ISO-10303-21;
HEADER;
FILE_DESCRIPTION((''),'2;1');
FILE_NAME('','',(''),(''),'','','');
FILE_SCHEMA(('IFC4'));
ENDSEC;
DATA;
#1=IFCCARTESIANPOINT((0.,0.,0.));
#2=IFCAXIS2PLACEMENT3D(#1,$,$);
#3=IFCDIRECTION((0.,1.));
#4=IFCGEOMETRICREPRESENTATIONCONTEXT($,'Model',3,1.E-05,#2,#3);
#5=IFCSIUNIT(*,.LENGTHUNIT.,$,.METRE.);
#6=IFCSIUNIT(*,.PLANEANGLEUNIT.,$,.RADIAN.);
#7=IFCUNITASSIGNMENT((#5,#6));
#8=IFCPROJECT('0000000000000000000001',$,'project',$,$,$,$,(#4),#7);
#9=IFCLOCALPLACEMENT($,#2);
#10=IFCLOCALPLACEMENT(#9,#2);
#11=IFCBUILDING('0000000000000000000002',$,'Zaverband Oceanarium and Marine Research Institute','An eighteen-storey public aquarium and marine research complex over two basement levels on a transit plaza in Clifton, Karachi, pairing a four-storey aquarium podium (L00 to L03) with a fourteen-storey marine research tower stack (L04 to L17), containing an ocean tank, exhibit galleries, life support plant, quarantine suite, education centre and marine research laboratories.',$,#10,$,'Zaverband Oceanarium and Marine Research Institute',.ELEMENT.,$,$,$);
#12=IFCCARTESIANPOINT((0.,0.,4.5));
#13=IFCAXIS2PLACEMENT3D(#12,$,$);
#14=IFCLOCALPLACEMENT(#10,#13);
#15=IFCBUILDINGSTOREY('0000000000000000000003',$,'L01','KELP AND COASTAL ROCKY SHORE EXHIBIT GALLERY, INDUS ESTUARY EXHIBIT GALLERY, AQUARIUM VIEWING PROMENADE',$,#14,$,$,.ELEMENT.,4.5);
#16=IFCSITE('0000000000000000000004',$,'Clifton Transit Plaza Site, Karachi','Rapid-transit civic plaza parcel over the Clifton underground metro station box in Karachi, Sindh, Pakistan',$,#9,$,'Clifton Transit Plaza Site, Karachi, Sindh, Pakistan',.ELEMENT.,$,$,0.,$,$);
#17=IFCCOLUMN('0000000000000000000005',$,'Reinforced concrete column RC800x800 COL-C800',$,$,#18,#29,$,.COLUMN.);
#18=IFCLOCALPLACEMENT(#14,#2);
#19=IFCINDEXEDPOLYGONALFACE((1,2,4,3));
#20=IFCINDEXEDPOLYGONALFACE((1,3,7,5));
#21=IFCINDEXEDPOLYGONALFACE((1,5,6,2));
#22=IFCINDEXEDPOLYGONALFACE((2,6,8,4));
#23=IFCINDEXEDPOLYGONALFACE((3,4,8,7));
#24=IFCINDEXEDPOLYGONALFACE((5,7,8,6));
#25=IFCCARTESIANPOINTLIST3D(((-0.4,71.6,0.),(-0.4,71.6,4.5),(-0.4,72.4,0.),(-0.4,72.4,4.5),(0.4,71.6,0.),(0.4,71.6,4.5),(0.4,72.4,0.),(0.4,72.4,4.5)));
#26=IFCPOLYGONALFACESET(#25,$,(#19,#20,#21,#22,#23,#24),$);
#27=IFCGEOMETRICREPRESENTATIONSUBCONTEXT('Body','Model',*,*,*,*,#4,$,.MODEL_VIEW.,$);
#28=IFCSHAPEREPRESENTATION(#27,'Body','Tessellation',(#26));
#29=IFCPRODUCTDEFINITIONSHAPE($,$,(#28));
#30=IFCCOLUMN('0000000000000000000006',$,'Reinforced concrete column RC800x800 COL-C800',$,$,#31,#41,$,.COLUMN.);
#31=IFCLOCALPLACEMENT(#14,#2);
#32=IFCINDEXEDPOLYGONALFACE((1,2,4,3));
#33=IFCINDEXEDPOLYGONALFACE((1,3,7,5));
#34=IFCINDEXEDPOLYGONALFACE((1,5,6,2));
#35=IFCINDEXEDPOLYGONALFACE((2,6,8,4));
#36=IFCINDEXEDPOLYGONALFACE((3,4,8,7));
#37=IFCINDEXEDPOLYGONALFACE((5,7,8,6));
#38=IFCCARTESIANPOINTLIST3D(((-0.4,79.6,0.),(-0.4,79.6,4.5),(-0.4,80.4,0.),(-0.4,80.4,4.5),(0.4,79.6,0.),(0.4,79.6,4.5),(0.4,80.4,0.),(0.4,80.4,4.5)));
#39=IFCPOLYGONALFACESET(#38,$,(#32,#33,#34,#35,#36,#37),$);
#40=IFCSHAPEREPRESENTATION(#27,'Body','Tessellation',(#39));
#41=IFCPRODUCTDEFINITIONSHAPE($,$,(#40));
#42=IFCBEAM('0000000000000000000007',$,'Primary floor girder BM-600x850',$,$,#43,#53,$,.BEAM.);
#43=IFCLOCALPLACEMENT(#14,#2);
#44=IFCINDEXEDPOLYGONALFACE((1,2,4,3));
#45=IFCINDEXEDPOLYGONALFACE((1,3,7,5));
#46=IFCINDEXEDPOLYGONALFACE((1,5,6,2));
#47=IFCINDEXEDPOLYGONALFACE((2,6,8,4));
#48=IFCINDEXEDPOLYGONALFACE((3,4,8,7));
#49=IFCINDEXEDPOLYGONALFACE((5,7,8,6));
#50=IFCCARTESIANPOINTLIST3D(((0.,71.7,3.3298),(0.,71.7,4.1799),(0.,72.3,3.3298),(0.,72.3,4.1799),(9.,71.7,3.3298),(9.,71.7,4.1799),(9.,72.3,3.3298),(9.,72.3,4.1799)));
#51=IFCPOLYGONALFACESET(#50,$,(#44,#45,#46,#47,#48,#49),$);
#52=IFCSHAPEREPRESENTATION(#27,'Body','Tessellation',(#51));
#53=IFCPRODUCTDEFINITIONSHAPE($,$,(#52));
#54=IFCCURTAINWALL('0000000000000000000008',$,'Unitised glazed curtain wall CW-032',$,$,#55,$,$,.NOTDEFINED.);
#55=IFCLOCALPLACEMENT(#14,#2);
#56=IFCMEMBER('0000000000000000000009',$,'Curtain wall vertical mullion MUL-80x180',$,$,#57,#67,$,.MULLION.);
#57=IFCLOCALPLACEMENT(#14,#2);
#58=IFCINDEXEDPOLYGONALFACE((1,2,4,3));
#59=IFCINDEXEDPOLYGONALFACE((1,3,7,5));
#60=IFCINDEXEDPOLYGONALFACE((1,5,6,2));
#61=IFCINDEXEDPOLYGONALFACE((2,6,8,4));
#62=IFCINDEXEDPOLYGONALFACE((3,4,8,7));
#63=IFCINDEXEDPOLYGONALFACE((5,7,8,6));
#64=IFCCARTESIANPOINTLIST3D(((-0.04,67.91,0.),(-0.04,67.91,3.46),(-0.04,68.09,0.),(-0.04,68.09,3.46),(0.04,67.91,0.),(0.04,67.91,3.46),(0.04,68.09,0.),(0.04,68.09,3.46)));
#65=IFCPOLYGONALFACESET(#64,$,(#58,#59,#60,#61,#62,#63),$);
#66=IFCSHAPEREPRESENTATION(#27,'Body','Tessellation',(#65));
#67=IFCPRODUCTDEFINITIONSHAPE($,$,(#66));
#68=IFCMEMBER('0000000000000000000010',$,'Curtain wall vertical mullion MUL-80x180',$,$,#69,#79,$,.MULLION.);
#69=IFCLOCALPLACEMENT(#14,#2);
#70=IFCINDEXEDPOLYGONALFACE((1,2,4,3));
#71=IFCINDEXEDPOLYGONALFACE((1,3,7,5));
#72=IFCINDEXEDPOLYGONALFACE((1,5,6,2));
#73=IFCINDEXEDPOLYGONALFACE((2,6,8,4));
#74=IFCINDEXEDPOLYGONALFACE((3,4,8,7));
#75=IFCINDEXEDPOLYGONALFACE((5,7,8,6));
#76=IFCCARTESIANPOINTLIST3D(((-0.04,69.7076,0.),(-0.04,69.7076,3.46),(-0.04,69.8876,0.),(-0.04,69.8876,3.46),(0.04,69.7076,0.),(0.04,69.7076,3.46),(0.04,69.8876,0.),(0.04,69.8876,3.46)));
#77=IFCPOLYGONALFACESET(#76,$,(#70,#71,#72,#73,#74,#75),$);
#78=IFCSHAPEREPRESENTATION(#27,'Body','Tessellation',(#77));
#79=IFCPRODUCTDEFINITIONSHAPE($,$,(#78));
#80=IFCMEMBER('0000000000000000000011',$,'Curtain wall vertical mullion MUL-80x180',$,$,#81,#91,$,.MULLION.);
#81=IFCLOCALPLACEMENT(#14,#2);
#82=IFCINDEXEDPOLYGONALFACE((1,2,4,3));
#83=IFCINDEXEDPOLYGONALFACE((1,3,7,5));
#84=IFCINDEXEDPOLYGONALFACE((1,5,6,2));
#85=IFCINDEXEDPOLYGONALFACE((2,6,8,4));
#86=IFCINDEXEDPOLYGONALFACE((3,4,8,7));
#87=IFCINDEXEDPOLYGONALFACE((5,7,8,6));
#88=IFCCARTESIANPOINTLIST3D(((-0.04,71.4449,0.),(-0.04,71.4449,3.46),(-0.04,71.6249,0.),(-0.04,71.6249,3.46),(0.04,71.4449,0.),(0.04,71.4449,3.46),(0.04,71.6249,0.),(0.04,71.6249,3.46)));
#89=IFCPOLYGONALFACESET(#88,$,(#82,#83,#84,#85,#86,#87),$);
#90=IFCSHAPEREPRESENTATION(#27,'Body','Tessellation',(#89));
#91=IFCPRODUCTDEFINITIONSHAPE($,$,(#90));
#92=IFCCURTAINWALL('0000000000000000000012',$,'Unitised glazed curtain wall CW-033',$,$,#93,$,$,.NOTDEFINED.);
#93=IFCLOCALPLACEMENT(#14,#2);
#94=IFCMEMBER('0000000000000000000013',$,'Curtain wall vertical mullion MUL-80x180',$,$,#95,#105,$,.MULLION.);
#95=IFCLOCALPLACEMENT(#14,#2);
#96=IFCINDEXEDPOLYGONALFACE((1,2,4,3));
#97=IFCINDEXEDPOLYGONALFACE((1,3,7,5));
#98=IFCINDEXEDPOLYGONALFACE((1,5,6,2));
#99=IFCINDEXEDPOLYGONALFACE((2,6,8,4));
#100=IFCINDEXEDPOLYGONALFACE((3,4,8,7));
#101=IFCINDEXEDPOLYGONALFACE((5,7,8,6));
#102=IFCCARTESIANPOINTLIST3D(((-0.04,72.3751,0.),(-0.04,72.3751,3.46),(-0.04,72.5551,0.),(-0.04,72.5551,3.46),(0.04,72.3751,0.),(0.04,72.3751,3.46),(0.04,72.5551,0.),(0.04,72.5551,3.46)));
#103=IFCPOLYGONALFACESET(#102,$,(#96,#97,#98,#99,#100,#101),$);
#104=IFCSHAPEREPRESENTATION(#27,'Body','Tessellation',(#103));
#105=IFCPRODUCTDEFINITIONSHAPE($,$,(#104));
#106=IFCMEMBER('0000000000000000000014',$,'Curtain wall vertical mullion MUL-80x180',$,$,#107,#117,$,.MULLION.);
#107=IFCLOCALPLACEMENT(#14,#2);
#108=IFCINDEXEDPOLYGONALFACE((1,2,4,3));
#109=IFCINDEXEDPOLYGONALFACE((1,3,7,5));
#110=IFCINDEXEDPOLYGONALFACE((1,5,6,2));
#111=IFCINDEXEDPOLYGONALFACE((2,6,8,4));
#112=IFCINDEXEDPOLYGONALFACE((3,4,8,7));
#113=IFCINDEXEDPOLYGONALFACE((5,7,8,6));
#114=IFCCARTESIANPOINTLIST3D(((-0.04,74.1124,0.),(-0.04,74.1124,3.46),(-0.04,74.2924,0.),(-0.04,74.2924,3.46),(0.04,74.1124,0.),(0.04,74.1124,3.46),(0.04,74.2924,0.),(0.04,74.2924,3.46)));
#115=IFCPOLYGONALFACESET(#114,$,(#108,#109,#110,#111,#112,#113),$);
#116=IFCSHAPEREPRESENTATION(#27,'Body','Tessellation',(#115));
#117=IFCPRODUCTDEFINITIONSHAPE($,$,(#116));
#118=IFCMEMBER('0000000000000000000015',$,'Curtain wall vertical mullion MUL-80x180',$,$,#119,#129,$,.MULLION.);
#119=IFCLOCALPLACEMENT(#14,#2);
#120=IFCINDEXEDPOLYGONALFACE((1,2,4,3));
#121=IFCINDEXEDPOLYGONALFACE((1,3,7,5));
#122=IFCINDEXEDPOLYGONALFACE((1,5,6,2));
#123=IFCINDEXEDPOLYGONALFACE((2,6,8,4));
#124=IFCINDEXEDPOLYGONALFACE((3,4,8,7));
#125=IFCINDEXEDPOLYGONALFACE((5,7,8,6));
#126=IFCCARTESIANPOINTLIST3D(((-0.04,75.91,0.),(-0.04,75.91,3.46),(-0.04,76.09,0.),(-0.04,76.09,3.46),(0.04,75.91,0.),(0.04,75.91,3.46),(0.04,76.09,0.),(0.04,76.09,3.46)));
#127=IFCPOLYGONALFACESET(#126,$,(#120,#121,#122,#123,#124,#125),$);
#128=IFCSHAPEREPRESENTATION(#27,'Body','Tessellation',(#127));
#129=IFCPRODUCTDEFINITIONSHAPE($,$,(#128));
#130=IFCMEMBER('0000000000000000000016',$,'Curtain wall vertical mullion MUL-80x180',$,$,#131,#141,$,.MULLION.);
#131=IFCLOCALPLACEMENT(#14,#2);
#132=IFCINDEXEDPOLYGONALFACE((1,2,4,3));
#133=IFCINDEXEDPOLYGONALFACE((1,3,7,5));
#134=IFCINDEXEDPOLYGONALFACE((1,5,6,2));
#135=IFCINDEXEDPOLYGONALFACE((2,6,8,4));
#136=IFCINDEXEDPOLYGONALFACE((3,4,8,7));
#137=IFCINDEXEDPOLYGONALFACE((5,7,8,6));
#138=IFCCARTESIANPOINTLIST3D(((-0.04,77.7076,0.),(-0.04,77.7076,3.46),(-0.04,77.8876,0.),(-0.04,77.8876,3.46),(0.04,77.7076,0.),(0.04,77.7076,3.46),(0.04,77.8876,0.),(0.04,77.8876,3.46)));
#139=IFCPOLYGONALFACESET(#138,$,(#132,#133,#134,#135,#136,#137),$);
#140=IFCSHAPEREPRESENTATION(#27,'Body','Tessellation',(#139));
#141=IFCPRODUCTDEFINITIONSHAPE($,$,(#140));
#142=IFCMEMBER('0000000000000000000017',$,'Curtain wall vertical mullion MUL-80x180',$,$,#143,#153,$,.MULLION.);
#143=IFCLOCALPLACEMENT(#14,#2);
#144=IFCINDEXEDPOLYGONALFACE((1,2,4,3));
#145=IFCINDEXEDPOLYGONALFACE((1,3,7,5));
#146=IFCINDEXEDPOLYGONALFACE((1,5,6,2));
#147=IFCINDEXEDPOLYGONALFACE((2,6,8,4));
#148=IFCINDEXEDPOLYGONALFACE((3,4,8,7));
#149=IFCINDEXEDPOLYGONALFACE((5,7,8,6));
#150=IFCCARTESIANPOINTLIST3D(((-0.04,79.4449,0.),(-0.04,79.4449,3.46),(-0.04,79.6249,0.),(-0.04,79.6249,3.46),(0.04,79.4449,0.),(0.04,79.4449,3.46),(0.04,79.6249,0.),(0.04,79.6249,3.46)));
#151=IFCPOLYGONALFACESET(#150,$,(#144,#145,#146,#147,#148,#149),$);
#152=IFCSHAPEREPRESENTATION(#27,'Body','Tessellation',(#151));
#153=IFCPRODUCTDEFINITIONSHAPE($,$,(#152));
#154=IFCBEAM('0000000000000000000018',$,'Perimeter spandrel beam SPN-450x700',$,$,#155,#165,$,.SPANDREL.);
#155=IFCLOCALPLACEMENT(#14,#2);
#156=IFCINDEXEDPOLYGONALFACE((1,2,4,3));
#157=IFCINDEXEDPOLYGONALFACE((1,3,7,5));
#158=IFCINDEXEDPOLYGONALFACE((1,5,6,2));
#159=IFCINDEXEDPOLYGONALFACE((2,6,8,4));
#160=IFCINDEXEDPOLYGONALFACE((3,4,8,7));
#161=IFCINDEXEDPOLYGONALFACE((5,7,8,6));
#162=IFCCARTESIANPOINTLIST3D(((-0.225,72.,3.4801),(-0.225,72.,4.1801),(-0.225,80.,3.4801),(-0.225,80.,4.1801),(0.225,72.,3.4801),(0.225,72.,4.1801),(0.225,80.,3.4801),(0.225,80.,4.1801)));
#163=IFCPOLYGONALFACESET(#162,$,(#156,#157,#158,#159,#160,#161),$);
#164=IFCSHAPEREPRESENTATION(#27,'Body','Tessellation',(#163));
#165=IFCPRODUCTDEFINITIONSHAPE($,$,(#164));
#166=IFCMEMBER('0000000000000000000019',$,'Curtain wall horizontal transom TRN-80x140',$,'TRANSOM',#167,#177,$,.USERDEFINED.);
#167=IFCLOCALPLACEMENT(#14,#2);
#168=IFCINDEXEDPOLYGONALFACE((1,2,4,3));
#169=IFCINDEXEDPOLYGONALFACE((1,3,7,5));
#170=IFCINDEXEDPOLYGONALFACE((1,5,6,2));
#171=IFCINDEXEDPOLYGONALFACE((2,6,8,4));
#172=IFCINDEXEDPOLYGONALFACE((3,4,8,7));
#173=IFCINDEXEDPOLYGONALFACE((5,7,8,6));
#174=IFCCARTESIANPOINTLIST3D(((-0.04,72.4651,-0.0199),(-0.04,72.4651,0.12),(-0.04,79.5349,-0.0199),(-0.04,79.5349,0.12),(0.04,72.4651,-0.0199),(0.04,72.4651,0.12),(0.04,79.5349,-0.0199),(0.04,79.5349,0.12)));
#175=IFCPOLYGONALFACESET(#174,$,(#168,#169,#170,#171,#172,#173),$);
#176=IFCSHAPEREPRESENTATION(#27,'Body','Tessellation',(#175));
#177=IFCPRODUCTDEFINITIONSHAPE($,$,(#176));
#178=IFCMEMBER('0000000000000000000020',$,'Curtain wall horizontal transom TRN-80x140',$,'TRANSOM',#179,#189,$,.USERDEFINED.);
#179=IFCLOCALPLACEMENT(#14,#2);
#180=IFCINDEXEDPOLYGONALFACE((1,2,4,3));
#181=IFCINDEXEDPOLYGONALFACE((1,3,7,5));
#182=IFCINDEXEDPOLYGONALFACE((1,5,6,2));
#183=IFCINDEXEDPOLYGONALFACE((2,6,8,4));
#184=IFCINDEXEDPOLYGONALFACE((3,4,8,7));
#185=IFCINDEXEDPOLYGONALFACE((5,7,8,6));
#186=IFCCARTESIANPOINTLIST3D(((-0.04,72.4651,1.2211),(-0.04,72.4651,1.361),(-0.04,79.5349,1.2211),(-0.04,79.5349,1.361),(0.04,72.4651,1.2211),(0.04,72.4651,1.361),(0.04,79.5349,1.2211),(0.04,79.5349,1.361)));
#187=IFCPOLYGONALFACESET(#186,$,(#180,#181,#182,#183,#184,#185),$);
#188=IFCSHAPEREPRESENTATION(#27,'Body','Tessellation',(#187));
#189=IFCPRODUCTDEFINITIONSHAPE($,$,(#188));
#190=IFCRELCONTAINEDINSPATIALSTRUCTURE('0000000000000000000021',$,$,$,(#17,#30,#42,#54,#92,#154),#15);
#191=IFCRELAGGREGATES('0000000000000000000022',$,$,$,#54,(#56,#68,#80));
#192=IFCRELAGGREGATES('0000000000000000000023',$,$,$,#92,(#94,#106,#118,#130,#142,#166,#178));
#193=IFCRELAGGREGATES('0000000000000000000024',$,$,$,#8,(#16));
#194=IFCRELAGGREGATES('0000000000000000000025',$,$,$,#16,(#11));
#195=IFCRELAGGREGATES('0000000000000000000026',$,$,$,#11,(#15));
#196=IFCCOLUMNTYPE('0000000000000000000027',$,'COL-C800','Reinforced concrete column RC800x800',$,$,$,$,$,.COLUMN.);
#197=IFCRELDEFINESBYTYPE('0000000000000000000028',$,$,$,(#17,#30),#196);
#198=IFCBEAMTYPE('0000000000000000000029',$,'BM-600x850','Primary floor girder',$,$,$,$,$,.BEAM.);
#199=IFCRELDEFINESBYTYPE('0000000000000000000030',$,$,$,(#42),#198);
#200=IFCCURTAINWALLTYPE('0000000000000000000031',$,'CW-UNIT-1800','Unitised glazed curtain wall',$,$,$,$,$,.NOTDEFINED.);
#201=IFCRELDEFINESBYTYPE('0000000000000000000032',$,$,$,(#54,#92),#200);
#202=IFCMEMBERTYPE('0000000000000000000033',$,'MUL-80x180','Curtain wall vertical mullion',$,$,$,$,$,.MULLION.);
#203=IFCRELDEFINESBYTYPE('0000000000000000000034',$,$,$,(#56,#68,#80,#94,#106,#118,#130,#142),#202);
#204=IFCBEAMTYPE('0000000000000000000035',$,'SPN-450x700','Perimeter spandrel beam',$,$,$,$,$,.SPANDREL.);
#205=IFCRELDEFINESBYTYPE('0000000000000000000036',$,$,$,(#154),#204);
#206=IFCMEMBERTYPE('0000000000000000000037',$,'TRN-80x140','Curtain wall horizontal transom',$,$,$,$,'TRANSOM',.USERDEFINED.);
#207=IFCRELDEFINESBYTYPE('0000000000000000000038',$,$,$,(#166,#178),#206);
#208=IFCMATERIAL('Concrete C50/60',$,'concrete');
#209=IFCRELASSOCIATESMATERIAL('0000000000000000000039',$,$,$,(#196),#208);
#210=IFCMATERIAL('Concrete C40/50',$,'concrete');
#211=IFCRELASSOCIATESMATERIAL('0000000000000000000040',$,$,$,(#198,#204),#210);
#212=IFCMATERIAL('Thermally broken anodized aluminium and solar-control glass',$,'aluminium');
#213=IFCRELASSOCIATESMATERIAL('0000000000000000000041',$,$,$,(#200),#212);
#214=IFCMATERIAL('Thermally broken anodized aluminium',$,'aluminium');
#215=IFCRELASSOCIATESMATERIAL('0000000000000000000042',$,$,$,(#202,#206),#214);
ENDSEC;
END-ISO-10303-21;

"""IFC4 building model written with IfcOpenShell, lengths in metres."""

from ifc_helpers import new_model, si_unit, direction, frame, origin, origin_2d, place, context, subcontext, project, spatial, rectangle, extrude, material, material_profile, profile_set, type_object, element, aggregate, save


model = new_model("IFC4")

# Units and contexts
model_context = context("Model", 3, precision=1e-05, world=origin(), true_north=direction((0.0, 1.0)))
body_context = subcontext(model_context, "Body", "Model", "MODEL_VIEW")
ifc_project = project(units=[si_unit("LENGTHUNIT", "METRE"), si_unit("PLANEANGLEUNIT", "RADIAN")], contexts=[model_context])

# Site, building, storey
site_placement = place(None, origin())
site = spatial("IfcSite", under=ifc_project, at=site_placement, Name="Clifton Transit Plaza Site, Karachi", Description="Rapid-transit civic plaza parcel over the Clifton underground metro station box in Karachi, Sindh, Pakistan", LongName="Clifton Transit Plaza Site, Karachi, Sindh, Pakistan", CompositionType="ELEMENT", RefElevation=0.0)
building_placement = place(site_placement, origin())
building = spatial("IfcBuilding", under=site, at=building_placement, Name="Zaverband Oceanarium and Marine Research Institute", Description="An eighteen-storey public aquarium and marine research complex over two basement levels on a transit plaza in Clifton, Karachi, pairing a four-storey aquarium podium (L00 to L03) with a fourteen-storey marine research tower stack (L04 to L17), containing an ocean tank, exhibit galleries, life support plant, quarantine suite, education centre and marine research laboratories.", LongName="Zaverband Oceanarium and Marine Research Institute", CompositionType="ELEMENT")
storey_placement = place(building_placement, frame((0.0, 0.0, 4.5)))
storey = spatial("IfcBuildingStorey", under=building, at=storey_placement, Name="L01", Description="KELP AND COASTAL ROCKY SHORE EXHIBIT GALLERY, INDUS ESTUARY EXHIBIT GALLERY, AQUARIUM VIEWING PROMENADE", CompositionType="ELEMENT", Elevation=4.5)

# Columns
ifc_material_1 = material(Name="Concrete C50/60", Category="concrete")
ifc_material_profile_1 = material_profile(ifc_material_1, rectangle(XDim=0.8, YDim=0.8, at=origin_2d()), Name="RC800x800")
ifc_profile_set_1 = profile_set([ifc_material_profile_1], Name="Concrete C50/60")
column_type = type_object("IfcColumnType", Name="COL-C800", Description="Reinforced concrete column RC800x800", PredefinedType="COLUMN", material=ifc_profile_set_1)
for number, where, z_axis, x_axis, name in (
    (1, (0.0, 72.0, 0.0), (0.0, 0.0, 1.0), (1.0, 0.0, 0.0), "Reinforced concrete column RC800x800 COL-C800"),
    (2, (0.0, 80.0, 0.0), (0.0, 0.0, 1.0), (1.0, 0.0, 0.0), "Reinforced concrete column RC800x800 COL-C800"),
):
    element("IfcColumn", number, at=place(storey_placement, frame(where, z_axis=z_axis, x_axis=x_axis)), inside=storey, type_object=column_type, Name=name, PredefinedType="COLUMN", context=body_context, shape_type="SweptSolid", body=[
        extrude(rectangle(XDim=0.8, YDim=0.8, at=origin_2d()), origin(), (0.0, 0.0, 1.0), 4.5),
    ])

# Beam
ifc_material_2 = material(Name="Concrete C40/50", Category="concrete")
ifc_material_profile_2 = material_profile(ifc_material_2, rectangle(XDim=0.6001, YDim=0.8501, at=origin_2d()), Name="RC600x850")
ifc_profile_set_2 = profile_set([ifc_material_profile_2], Name="Concrete C40/50")
beam_type_1 = type_object("IfcBeamType", Name="BM-600x850", Description="Primary floor girder", PredefinedType="BEAM", material=ifc_profile_set_2)
beam_1_placement = place(storey_placement, frame((0.0, 72.0, 3.7549), z_axis=(1.0, 0.0, 0.0), x_axis=(0.0, 1.0, 0.0)))
element("IfcBeam", 3, at=beam_1_placement, inside=storey, type_object=beam_type_1, Name="Primary floor girder BM-600x850", PredefinedType="BEAM", context=body_context, shape_type="SweptSolid", body=[
    extrude(rectangle(XDim=0.6001, YDim=0.8501, at=origin_2d()), origin(), (0.0, 0.0, 1.0), 9.0),
])

# Curtain walls, members
ifc_material_3 = material(Name="Thermally broken anodized aluminium and solar-control glass", Category="aluminium")
curtain_wall_type = type_object("IfcCurtainWallType", Name="CW-UNIT-1800", Description="Unitised glazed curtain wall", PredefinedType="NOTDEFINED", material=ifc_material_3)
curtain_wall_1_placement = place(storey_placement, origin())
curtain_wall_1 = element("IfcCurtainWall", 4, at=curtain_wall_1_placement, inside=storey, type_object=curtain_wall_type, Name="Unitised glazed curtain wall CW-032", PredefinedType="NOTDEFINED")
ifc_material_4 = material(Name="Thermally broken anodized aluminium", Category="aluminium")
ifc_material_profile_3 = material_profile(ifc_material_4, rectangle(XDim=0.0801, YDim=0.1799, at=origin_2d()), Name="AL-MUL-80x180")
ifc_profile_set_3 = profile_set([ifc_material_profile_3], Name="Thermally broken anodized aluminium")
member_type_1 = type_object("IfcMemberType", Name="MUL-80x180", Description="Curtain wall vertical mullion", PredefinedType="MULLION", material=ifc_profile_set_3)
member_1_placement = place(storey_placement, frame((0.0, 68.0, 0.0), z_axis=(0.0, 0.0, 1.0), x_axis=(1.0, 0.0, 0.0)))
member_1 = element("IfcMember", 5, at=member_1_placement, type_object=member_type_1, Name="Curtain wall vertical mullion MUL-80x180", PredefinedType="MULLION", context=body_context, shape_type="SweptSolid", body=[
    extrude(rectangle(XDim=0.0801, YDim=0.1799, at=origin_2d()), origin(), (0.0, 0.0, 1.0), 3.46),
])
member_2_placement = place(storey_placement, frame((0.0, 69.7976, 0.0), z_axis=(0.0, 0.0, 1.0), x_axis=(1.0, 0.0, 0.0)))
member_2 = element("IfcMember", 6, at=member_2_placement, type_object=member_type_1, Name="Curtain wall vertical mullion MUL-80x180", PredefinedType="MULLION", context=body_context, shape_type="SweptSolid", body=[
    extrude(rectangle(XDim=0.0801, YDim=0.1799, at=origin_2d()), origin(), (0.0, 0.0, 1.0), 3.46),
])
member_3_placement = place(storey_placement, frame((0.0, 71.5349, 0.0), z_axis=(0.0, 0.0, 1.0), x_axis=(1.0, 0.0, 0.0)))
member_3 = element("IfcMember", 7, at=member_3_placement, type_object=member_type_1, Name="Curtain wall vertical mullion MUL-80x180", PredefinedType="MULLION", context=body_context, shape_type="SweptSolid", body=[
    extrude(rectangle(XDim=0.0801, YDim=0.1799, at=origin_2d()), origin(), (0.0, 0.0, 1.0), 3.46),
])
curtain_wall_2_placement = place(storey_placement, origin())
curtain_wall_2 = element("IfcCurtainWall", 8, at=curtain_wall_2_placement, inside=storey, type_object=curtain_wall_type, Name="Unitised glazed curtain wall CW-033", PredefinedType="NOTDEFINED")
member_4_placement = place(storey_placement, frame((0.0, 72.4651, 0.0), z_axis=(0.0, 0.0, 1.0), x_axis=(1.0, 0.0, 0.0)))
member_4 = element("IfcMember", 9, at=member_4_placement, type_object=member_type_1, Name="Curtain wall vertical mullion MUL-80x180", PredefinedType="MULLION", context=body_context, shape_type="SweptSolid", body=[
    extrude(rectangle(XDim=0.0801, YDim=0.1799, at=origin_2d()), origin(), (0.0, 0.0, 1.0), 3.46),
])
member_5_placement = place(storey_placement, frame((0.0, 74.2024, 0.0), z_axis=(0.0, 0.0, 1.0), x_axis=(1.0, 0.0, 0.0)))
member_5 = element("IfcMember", 10, at=member_5_placement, type_object=member_type_1, Name="Curtain wall vertical mullion MUL-80x180", PredefinedType="MULLION", context=body_context, shape_type="SweptSolid", body=[
    extrude(rectangle(XDim=0.0801, YDim=0.1799, at=origin_2d()), origin(), (0.0, 0.0, 1.0), 3.46),
])
member_6_placement = place(storey_placement, frame((0.0, 76.0, 0.0), z_axis=(0.0, 0.0, 1.0), x_axis=(1.0, 0.0, 0.0)))
member_6 = element("IfcMember", 11, at=member_6_placement, type_object=member_type_1, Name="Curtain wall vertical mullion MUL-80x180", PredefinedType="MULLION", context=body_context, shape_type="SweptSolid", body=[
    extrude(rectangle(XDim=0.0801, YDim=0.1799, at=origin_2d()), origin(), (0.0, 0.0, 1.0), 3.46),
])
member_7_placement = place(storey_placement, frame((0.0, 77.7976, 0.0), z_axis=(0.0, 0.0, 1.0), x_axis=(1.0, 0.0, 0.0)))
member_7 = element("IfcMember", 12, at=member_7_placement, type_object=member_type_1, Name="Curtain wall vertical mullion MUL-80x180", PredefinedType="MULLION", context=body_context, shape_type="SweptSolid", body=[
    extrude(rectangle(XDim=0.0801, YDim=0.1799, at=origin_2d()), origin(), (0.0, 0.0, 1.0), 3.46),
])
member_8_placement = place(storey_placement, frame((0.0, 79.5349, 0.0), z_axis=(0.0, 0.0, 1.0), x_axis=(1.0, 0.0, 0.0)))
member_8 = element("IfcMember", 13, at=member_8_placement, type_object=member_type_1, Name="Curtain wall vertical mullion MUL-80x180", PredefinedType="MULLION", context=body_context, shape_type="SweptSolid", body=[
    extrude(rectangle(XDim=0.0801, YDim=0.1799, at=origin_2d()), origin(), (0.0, 0.0, 1.0), 3.46),
])

# Beam
ifc_material_profile_4 = material_profile(ifc_material_2, rectangle(XDim=0.45, YDim=0.7, at=origin_2d()), Name="RC450x700")
ifc_profile_set_4 = profile_set([ifc_material_profile_4], Name="Concrete C40/50")
beam_type_2 = type_object("IfcBeamType", Name="SPN-450x700", Description="Perimeter spandrel beam", PredefinedType="SPANDREL", material=ifc_profile_set_4)
beam_2_placement = place(storey_placement, frame((0.0, 72.0, 3.8301), z_axis=(0.0, 1.0, 0.0), x_axis=(-1.0, 0.0, 0.0)))
element("IfcBeam", 14, at=beam_2_placement, inside=storey, type_object=beam_type_2, Name="Perimeter spandrel beam SPN-450x700", PredefinedType="SPANDREL", context=body_context, shape_type="SweptSolid", body=[
    extrude(rectangle(XDim=0.45, YDim=0.7, at=origin_2d()), origin(), (0.0, 0.0, 1.0), 8.0),
])

# Members
ifc_material_profile_5 = material_profile(ifc_material_4, rectangle(XDim=0.0801, YDim=0.1399, at=origin_2d()), Name="AL-TRN-80x140")
ifc_profile_set_5 = profile_set([ifc_material_profile_5], Name="Thermally broken anodized aluminium")
member_type_2 = type_object("IfcMemberType", Name="TRN-80x140", Description="Curtain wall horizontal transom", ElementType="TRANSOM", PredefinedType="USERDEFINED", material=ifc_profile_set_5)
member_9_placement = place(storey_placement, frame((0.0, 72.4651, 0.05), z_axis=(0.0, 1.0, 0.0), x_axis=(-1.0, 0.0, 0.0)))
member_9 = element("IfcMember", 15, at=member_9_placement, type_object=member_type_2, Name="Curtain wall horizontal transom TRN-80x140", ObjectType="TRANSOM", PredefinedType="USERDEFINED", context=body_context, shape_type="SweptSolid", body=[
    extrude(rectangle(XDim=0.0801, YDim=0.1399, at=origin_2d()), origin(), (0.0, 0.0, 1.0), 7.0698),
])
member_10_placement = place(storey_placement, frame((0.0, 72.4651, 1.291), z_axis=(0.0, 1.0, 0.0), x_axis=(-1.0, 0.0, 0.0)))
member_10 = element("IfcMember", 16, at=member_10_placement, type_object=member_type_2, Name="Curtain wall horizontal transom TRN-80x140", ObjectType="TRANSOM", PredefinedType="USERDEFINED", context=body_context, shape_type="SweptSolid", body=[
    extrude(rectangle(XDim=0.0801, YDim=0.1399, at=origin_2d()), origin(), (0.0, 0.0, 1.0), 7.0698),
])

aggregate(curtain_wall_1, [member_1, member_2, member_3])
aggregate(curtain_wall_2, [member_4, member_5, member_6, member_7, member_8, member_9, member_10])

save(model, "model.ifc")
